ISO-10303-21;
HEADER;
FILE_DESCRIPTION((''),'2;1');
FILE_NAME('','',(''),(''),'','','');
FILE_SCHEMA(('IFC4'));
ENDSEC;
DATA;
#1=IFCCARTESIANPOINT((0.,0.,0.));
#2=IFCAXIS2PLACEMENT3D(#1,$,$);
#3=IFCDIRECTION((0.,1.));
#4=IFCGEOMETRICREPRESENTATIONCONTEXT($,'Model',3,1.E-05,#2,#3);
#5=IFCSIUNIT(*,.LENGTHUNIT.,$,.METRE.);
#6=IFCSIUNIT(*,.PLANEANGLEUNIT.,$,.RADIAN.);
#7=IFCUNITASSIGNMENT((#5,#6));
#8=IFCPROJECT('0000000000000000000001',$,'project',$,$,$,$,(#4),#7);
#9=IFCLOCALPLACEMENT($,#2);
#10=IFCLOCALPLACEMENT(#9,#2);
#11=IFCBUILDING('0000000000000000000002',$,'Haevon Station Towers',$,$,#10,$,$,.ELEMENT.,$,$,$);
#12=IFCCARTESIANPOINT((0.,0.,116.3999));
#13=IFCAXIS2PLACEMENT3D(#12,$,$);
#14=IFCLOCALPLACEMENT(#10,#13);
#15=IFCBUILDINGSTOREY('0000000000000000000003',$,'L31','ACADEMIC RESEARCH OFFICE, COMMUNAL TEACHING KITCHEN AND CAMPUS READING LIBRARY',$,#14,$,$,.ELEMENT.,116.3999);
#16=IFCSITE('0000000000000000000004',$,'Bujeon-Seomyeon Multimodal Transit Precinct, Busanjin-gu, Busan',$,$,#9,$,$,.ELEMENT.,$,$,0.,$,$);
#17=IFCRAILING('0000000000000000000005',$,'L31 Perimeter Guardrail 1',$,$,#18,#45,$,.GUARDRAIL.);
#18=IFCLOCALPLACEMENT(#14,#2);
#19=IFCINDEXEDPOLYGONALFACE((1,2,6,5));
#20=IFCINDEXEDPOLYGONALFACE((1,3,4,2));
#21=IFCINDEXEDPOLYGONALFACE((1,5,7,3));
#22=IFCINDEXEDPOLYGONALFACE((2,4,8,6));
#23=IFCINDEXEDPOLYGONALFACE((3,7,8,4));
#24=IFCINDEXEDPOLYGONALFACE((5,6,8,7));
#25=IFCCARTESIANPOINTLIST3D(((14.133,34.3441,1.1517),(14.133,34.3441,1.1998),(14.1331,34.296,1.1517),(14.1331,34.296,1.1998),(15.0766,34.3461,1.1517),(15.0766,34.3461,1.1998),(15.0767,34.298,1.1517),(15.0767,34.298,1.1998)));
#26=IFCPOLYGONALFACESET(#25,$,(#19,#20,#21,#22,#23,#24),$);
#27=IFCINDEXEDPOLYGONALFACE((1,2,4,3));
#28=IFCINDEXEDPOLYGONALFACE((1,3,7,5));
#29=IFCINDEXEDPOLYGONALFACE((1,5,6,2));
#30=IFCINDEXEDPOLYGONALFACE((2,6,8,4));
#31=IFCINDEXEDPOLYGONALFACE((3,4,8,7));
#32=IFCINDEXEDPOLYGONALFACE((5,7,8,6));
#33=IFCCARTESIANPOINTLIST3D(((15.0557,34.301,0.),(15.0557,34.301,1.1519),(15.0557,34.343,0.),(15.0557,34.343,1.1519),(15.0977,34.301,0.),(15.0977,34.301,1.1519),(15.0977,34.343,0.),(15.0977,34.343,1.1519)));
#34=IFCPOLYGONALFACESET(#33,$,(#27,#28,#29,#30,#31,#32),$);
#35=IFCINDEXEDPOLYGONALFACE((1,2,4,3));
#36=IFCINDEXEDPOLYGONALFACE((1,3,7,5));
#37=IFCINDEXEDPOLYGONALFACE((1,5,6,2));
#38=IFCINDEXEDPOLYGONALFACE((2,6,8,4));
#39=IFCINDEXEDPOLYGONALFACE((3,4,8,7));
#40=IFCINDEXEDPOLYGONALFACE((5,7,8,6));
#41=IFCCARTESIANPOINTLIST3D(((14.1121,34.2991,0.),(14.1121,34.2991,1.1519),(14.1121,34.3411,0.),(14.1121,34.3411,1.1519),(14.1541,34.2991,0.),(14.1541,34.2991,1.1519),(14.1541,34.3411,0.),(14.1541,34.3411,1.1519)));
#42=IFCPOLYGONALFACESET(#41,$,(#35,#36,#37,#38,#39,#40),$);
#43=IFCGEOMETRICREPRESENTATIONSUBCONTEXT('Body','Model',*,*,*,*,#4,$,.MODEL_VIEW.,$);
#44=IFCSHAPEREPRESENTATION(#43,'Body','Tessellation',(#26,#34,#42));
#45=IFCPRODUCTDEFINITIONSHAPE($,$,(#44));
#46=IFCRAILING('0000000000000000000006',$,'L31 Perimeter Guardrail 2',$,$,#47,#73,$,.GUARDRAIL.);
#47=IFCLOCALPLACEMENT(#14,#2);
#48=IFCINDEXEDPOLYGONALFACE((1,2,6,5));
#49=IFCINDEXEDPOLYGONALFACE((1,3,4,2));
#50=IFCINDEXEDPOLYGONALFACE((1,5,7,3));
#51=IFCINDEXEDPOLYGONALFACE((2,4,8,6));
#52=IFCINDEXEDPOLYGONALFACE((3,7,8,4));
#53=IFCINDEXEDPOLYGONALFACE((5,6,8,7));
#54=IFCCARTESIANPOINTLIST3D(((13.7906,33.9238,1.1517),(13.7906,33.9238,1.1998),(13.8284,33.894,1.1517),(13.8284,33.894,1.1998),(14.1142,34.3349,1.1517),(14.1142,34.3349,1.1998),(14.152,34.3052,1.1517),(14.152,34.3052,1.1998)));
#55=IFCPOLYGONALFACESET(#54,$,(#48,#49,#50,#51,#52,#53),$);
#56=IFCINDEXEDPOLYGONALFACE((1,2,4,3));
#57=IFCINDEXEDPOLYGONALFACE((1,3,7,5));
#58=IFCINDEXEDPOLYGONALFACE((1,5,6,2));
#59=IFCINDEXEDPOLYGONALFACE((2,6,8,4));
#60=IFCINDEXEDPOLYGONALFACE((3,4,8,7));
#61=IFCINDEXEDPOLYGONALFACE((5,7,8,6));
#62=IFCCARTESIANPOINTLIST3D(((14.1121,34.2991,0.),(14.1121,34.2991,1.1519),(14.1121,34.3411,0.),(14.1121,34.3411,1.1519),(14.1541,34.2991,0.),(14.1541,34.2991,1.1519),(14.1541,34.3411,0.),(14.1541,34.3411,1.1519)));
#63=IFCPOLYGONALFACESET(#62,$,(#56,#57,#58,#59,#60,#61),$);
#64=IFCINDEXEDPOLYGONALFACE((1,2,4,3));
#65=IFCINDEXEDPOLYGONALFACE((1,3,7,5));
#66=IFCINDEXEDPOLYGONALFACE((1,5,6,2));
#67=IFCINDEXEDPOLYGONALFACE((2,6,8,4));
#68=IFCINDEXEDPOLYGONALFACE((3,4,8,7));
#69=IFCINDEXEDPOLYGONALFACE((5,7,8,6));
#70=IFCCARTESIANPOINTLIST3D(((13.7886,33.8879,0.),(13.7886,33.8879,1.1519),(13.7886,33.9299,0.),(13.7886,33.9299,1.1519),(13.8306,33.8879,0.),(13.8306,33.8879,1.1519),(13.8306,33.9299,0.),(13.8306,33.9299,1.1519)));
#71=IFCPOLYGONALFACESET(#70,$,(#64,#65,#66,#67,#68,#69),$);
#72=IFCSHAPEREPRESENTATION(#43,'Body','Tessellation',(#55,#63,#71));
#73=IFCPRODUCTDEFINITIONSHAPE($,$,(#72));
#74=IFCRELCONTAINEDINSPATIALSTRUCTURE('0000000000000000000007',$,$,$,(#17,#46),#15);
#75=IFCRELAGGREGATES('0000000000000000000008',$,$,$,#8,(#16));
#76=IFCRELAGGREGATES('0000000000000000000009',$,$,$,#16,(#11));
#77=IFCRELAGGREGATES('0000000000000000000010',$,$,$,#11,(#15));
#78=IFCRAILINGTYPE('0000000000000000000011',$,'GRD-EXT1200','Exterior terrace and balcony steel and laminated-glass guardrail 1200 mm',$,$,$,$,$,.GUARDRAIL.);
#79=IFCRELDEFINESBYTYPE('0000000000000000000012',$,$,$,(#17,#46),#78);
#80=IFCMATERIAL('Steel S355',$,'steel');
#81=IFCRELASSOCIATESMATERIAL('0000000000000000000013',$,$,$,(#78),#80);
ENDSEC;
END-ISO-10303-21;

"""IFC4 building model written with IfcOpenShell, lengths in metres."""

from ifc_helpers import new_model, si_unit, direction, frame, origin, origin_2d, place, context, subcontext, project, spatial, rectangle, extrude, material, type_object, element, save


model = new_model("IFC4")

# Units and contexts
model_context = context("Model", 3, precision=1e-05, world=origin(), true_north=direction((0.0, 1.0)))
body_context = subcontext(model_context, "Body", "Model", "MODEL_VIEW")
ifc_project = project(units=[si_unit("LENGTHUNIT", "METRE"), si_unit("PLANEANGLEUNIT", "RADIAN")], contexts=[model_context])

# Site, building, storey
site_placement = place(None, origin())
site = spatial("IfcSite", under=ifc_project, at=site_placement, Name="Bujeon-Seomyeon Multimodal Transit Precinct, Busanjin-gu, Busan", CompositionType="ELEMENT", RefElevation=0.0)
building_placement = place(site_placement, origin())
building = spatial("IfcBuilding", under=site, at=building_placement, Name="Haevon Station Towers", CompositionType="ELEMENT")
storey_placement = place(building_placement, frame((0.0, 0.0, 116.3999)))
storey = spatial("IfcBuildingStorey", under=building, at=storey_placement, Name="L31", Description="ACADEMIC RESEARCH OFFICE, COMMUNAL TEACHING KITCHEN AND CAMPUS READING LIBRARY", CompositionType="ELEMENT", Elevation=116.3999)

# Shared definitions
ifc_material_1 = material(Name="Steel S355", Category="steel")

# Railings
railing_type = type_object("IfcRailingType", Name="GRD-EXT1200", Description="Exterior terrace and balcony steel and laminated-glass guardrail 1200 mm", PredefinedType="GUARDRAIL", material=ifc_material_1)
railing_1_placement = place(storey_placement, frame((15.0767, 34.322, 0.0)))
element("IfcRailing", 1, at=railing_1_placement, inside=storey, type_object=railing_type, Name="L31 Perimeter Guardrail 1", PredefinedType="GUARDRAIL", context=body_context, shape_type="SweptSolid", body=[
    extrude(rectangle(XDim=0.0481, YDim=0.0481, at=origin_2d()), frame((0.0, 0.0, 1.1758), z_axis=(-0.999998, -0.00207, 0.0), x_axis=(0.00207, -0.999998, 0.0)), (0.0, 0.0, 1.0), 0.9436),
    extrude(rectangle(XDim=0.042, YDim=0.042, at=origin_2d()), origin(), (0.0, 0.0, 1.0), 1.1519),
    extrude(rectangle(XDim=0.042, YDim=0.042, at=origin_2d()), frame((-0.9436, -0.002, 0.0)), (0.0, 0.0, 1.0), 1.1519),
])
railing_2_placement = place(storey_placement, frame((14.1331, 34.3201, 0.0)))
element("IfcRailing", 2, at=railing_2_placement, inside=storey, type_object=railing_type, Name="L31 Perimeter Guardrail 2", PredefinedType="GUARDRAIL", context=body_context, shape_type="SweptSolid", body=[
    extrude(rectangle(XDim=0.0481, YDim=0.0481, at=origin_2d()), frame((0.0, 0.0, 1.1758), z_axis=(-0.618357, -0.785897, 0.0), x_axis=(0.785897, -0.618357, 0.0)), (0.0, 0.0, 1.0), 0.5232),
    extrude(rectangle(XDim=0.042, YDim=0.042, at=origin_2d()), origin(), (0.0, 0.0, 1.0), 1.1519),
    extrude(rectangle(XDim=0.042, YDim=0.042, at=origin_2d()), frame((-0.3235, -0.4111, 0.0)), (0.0, 0.0, 1.0), 1.1519),
])

save(model, "model.ifc")
